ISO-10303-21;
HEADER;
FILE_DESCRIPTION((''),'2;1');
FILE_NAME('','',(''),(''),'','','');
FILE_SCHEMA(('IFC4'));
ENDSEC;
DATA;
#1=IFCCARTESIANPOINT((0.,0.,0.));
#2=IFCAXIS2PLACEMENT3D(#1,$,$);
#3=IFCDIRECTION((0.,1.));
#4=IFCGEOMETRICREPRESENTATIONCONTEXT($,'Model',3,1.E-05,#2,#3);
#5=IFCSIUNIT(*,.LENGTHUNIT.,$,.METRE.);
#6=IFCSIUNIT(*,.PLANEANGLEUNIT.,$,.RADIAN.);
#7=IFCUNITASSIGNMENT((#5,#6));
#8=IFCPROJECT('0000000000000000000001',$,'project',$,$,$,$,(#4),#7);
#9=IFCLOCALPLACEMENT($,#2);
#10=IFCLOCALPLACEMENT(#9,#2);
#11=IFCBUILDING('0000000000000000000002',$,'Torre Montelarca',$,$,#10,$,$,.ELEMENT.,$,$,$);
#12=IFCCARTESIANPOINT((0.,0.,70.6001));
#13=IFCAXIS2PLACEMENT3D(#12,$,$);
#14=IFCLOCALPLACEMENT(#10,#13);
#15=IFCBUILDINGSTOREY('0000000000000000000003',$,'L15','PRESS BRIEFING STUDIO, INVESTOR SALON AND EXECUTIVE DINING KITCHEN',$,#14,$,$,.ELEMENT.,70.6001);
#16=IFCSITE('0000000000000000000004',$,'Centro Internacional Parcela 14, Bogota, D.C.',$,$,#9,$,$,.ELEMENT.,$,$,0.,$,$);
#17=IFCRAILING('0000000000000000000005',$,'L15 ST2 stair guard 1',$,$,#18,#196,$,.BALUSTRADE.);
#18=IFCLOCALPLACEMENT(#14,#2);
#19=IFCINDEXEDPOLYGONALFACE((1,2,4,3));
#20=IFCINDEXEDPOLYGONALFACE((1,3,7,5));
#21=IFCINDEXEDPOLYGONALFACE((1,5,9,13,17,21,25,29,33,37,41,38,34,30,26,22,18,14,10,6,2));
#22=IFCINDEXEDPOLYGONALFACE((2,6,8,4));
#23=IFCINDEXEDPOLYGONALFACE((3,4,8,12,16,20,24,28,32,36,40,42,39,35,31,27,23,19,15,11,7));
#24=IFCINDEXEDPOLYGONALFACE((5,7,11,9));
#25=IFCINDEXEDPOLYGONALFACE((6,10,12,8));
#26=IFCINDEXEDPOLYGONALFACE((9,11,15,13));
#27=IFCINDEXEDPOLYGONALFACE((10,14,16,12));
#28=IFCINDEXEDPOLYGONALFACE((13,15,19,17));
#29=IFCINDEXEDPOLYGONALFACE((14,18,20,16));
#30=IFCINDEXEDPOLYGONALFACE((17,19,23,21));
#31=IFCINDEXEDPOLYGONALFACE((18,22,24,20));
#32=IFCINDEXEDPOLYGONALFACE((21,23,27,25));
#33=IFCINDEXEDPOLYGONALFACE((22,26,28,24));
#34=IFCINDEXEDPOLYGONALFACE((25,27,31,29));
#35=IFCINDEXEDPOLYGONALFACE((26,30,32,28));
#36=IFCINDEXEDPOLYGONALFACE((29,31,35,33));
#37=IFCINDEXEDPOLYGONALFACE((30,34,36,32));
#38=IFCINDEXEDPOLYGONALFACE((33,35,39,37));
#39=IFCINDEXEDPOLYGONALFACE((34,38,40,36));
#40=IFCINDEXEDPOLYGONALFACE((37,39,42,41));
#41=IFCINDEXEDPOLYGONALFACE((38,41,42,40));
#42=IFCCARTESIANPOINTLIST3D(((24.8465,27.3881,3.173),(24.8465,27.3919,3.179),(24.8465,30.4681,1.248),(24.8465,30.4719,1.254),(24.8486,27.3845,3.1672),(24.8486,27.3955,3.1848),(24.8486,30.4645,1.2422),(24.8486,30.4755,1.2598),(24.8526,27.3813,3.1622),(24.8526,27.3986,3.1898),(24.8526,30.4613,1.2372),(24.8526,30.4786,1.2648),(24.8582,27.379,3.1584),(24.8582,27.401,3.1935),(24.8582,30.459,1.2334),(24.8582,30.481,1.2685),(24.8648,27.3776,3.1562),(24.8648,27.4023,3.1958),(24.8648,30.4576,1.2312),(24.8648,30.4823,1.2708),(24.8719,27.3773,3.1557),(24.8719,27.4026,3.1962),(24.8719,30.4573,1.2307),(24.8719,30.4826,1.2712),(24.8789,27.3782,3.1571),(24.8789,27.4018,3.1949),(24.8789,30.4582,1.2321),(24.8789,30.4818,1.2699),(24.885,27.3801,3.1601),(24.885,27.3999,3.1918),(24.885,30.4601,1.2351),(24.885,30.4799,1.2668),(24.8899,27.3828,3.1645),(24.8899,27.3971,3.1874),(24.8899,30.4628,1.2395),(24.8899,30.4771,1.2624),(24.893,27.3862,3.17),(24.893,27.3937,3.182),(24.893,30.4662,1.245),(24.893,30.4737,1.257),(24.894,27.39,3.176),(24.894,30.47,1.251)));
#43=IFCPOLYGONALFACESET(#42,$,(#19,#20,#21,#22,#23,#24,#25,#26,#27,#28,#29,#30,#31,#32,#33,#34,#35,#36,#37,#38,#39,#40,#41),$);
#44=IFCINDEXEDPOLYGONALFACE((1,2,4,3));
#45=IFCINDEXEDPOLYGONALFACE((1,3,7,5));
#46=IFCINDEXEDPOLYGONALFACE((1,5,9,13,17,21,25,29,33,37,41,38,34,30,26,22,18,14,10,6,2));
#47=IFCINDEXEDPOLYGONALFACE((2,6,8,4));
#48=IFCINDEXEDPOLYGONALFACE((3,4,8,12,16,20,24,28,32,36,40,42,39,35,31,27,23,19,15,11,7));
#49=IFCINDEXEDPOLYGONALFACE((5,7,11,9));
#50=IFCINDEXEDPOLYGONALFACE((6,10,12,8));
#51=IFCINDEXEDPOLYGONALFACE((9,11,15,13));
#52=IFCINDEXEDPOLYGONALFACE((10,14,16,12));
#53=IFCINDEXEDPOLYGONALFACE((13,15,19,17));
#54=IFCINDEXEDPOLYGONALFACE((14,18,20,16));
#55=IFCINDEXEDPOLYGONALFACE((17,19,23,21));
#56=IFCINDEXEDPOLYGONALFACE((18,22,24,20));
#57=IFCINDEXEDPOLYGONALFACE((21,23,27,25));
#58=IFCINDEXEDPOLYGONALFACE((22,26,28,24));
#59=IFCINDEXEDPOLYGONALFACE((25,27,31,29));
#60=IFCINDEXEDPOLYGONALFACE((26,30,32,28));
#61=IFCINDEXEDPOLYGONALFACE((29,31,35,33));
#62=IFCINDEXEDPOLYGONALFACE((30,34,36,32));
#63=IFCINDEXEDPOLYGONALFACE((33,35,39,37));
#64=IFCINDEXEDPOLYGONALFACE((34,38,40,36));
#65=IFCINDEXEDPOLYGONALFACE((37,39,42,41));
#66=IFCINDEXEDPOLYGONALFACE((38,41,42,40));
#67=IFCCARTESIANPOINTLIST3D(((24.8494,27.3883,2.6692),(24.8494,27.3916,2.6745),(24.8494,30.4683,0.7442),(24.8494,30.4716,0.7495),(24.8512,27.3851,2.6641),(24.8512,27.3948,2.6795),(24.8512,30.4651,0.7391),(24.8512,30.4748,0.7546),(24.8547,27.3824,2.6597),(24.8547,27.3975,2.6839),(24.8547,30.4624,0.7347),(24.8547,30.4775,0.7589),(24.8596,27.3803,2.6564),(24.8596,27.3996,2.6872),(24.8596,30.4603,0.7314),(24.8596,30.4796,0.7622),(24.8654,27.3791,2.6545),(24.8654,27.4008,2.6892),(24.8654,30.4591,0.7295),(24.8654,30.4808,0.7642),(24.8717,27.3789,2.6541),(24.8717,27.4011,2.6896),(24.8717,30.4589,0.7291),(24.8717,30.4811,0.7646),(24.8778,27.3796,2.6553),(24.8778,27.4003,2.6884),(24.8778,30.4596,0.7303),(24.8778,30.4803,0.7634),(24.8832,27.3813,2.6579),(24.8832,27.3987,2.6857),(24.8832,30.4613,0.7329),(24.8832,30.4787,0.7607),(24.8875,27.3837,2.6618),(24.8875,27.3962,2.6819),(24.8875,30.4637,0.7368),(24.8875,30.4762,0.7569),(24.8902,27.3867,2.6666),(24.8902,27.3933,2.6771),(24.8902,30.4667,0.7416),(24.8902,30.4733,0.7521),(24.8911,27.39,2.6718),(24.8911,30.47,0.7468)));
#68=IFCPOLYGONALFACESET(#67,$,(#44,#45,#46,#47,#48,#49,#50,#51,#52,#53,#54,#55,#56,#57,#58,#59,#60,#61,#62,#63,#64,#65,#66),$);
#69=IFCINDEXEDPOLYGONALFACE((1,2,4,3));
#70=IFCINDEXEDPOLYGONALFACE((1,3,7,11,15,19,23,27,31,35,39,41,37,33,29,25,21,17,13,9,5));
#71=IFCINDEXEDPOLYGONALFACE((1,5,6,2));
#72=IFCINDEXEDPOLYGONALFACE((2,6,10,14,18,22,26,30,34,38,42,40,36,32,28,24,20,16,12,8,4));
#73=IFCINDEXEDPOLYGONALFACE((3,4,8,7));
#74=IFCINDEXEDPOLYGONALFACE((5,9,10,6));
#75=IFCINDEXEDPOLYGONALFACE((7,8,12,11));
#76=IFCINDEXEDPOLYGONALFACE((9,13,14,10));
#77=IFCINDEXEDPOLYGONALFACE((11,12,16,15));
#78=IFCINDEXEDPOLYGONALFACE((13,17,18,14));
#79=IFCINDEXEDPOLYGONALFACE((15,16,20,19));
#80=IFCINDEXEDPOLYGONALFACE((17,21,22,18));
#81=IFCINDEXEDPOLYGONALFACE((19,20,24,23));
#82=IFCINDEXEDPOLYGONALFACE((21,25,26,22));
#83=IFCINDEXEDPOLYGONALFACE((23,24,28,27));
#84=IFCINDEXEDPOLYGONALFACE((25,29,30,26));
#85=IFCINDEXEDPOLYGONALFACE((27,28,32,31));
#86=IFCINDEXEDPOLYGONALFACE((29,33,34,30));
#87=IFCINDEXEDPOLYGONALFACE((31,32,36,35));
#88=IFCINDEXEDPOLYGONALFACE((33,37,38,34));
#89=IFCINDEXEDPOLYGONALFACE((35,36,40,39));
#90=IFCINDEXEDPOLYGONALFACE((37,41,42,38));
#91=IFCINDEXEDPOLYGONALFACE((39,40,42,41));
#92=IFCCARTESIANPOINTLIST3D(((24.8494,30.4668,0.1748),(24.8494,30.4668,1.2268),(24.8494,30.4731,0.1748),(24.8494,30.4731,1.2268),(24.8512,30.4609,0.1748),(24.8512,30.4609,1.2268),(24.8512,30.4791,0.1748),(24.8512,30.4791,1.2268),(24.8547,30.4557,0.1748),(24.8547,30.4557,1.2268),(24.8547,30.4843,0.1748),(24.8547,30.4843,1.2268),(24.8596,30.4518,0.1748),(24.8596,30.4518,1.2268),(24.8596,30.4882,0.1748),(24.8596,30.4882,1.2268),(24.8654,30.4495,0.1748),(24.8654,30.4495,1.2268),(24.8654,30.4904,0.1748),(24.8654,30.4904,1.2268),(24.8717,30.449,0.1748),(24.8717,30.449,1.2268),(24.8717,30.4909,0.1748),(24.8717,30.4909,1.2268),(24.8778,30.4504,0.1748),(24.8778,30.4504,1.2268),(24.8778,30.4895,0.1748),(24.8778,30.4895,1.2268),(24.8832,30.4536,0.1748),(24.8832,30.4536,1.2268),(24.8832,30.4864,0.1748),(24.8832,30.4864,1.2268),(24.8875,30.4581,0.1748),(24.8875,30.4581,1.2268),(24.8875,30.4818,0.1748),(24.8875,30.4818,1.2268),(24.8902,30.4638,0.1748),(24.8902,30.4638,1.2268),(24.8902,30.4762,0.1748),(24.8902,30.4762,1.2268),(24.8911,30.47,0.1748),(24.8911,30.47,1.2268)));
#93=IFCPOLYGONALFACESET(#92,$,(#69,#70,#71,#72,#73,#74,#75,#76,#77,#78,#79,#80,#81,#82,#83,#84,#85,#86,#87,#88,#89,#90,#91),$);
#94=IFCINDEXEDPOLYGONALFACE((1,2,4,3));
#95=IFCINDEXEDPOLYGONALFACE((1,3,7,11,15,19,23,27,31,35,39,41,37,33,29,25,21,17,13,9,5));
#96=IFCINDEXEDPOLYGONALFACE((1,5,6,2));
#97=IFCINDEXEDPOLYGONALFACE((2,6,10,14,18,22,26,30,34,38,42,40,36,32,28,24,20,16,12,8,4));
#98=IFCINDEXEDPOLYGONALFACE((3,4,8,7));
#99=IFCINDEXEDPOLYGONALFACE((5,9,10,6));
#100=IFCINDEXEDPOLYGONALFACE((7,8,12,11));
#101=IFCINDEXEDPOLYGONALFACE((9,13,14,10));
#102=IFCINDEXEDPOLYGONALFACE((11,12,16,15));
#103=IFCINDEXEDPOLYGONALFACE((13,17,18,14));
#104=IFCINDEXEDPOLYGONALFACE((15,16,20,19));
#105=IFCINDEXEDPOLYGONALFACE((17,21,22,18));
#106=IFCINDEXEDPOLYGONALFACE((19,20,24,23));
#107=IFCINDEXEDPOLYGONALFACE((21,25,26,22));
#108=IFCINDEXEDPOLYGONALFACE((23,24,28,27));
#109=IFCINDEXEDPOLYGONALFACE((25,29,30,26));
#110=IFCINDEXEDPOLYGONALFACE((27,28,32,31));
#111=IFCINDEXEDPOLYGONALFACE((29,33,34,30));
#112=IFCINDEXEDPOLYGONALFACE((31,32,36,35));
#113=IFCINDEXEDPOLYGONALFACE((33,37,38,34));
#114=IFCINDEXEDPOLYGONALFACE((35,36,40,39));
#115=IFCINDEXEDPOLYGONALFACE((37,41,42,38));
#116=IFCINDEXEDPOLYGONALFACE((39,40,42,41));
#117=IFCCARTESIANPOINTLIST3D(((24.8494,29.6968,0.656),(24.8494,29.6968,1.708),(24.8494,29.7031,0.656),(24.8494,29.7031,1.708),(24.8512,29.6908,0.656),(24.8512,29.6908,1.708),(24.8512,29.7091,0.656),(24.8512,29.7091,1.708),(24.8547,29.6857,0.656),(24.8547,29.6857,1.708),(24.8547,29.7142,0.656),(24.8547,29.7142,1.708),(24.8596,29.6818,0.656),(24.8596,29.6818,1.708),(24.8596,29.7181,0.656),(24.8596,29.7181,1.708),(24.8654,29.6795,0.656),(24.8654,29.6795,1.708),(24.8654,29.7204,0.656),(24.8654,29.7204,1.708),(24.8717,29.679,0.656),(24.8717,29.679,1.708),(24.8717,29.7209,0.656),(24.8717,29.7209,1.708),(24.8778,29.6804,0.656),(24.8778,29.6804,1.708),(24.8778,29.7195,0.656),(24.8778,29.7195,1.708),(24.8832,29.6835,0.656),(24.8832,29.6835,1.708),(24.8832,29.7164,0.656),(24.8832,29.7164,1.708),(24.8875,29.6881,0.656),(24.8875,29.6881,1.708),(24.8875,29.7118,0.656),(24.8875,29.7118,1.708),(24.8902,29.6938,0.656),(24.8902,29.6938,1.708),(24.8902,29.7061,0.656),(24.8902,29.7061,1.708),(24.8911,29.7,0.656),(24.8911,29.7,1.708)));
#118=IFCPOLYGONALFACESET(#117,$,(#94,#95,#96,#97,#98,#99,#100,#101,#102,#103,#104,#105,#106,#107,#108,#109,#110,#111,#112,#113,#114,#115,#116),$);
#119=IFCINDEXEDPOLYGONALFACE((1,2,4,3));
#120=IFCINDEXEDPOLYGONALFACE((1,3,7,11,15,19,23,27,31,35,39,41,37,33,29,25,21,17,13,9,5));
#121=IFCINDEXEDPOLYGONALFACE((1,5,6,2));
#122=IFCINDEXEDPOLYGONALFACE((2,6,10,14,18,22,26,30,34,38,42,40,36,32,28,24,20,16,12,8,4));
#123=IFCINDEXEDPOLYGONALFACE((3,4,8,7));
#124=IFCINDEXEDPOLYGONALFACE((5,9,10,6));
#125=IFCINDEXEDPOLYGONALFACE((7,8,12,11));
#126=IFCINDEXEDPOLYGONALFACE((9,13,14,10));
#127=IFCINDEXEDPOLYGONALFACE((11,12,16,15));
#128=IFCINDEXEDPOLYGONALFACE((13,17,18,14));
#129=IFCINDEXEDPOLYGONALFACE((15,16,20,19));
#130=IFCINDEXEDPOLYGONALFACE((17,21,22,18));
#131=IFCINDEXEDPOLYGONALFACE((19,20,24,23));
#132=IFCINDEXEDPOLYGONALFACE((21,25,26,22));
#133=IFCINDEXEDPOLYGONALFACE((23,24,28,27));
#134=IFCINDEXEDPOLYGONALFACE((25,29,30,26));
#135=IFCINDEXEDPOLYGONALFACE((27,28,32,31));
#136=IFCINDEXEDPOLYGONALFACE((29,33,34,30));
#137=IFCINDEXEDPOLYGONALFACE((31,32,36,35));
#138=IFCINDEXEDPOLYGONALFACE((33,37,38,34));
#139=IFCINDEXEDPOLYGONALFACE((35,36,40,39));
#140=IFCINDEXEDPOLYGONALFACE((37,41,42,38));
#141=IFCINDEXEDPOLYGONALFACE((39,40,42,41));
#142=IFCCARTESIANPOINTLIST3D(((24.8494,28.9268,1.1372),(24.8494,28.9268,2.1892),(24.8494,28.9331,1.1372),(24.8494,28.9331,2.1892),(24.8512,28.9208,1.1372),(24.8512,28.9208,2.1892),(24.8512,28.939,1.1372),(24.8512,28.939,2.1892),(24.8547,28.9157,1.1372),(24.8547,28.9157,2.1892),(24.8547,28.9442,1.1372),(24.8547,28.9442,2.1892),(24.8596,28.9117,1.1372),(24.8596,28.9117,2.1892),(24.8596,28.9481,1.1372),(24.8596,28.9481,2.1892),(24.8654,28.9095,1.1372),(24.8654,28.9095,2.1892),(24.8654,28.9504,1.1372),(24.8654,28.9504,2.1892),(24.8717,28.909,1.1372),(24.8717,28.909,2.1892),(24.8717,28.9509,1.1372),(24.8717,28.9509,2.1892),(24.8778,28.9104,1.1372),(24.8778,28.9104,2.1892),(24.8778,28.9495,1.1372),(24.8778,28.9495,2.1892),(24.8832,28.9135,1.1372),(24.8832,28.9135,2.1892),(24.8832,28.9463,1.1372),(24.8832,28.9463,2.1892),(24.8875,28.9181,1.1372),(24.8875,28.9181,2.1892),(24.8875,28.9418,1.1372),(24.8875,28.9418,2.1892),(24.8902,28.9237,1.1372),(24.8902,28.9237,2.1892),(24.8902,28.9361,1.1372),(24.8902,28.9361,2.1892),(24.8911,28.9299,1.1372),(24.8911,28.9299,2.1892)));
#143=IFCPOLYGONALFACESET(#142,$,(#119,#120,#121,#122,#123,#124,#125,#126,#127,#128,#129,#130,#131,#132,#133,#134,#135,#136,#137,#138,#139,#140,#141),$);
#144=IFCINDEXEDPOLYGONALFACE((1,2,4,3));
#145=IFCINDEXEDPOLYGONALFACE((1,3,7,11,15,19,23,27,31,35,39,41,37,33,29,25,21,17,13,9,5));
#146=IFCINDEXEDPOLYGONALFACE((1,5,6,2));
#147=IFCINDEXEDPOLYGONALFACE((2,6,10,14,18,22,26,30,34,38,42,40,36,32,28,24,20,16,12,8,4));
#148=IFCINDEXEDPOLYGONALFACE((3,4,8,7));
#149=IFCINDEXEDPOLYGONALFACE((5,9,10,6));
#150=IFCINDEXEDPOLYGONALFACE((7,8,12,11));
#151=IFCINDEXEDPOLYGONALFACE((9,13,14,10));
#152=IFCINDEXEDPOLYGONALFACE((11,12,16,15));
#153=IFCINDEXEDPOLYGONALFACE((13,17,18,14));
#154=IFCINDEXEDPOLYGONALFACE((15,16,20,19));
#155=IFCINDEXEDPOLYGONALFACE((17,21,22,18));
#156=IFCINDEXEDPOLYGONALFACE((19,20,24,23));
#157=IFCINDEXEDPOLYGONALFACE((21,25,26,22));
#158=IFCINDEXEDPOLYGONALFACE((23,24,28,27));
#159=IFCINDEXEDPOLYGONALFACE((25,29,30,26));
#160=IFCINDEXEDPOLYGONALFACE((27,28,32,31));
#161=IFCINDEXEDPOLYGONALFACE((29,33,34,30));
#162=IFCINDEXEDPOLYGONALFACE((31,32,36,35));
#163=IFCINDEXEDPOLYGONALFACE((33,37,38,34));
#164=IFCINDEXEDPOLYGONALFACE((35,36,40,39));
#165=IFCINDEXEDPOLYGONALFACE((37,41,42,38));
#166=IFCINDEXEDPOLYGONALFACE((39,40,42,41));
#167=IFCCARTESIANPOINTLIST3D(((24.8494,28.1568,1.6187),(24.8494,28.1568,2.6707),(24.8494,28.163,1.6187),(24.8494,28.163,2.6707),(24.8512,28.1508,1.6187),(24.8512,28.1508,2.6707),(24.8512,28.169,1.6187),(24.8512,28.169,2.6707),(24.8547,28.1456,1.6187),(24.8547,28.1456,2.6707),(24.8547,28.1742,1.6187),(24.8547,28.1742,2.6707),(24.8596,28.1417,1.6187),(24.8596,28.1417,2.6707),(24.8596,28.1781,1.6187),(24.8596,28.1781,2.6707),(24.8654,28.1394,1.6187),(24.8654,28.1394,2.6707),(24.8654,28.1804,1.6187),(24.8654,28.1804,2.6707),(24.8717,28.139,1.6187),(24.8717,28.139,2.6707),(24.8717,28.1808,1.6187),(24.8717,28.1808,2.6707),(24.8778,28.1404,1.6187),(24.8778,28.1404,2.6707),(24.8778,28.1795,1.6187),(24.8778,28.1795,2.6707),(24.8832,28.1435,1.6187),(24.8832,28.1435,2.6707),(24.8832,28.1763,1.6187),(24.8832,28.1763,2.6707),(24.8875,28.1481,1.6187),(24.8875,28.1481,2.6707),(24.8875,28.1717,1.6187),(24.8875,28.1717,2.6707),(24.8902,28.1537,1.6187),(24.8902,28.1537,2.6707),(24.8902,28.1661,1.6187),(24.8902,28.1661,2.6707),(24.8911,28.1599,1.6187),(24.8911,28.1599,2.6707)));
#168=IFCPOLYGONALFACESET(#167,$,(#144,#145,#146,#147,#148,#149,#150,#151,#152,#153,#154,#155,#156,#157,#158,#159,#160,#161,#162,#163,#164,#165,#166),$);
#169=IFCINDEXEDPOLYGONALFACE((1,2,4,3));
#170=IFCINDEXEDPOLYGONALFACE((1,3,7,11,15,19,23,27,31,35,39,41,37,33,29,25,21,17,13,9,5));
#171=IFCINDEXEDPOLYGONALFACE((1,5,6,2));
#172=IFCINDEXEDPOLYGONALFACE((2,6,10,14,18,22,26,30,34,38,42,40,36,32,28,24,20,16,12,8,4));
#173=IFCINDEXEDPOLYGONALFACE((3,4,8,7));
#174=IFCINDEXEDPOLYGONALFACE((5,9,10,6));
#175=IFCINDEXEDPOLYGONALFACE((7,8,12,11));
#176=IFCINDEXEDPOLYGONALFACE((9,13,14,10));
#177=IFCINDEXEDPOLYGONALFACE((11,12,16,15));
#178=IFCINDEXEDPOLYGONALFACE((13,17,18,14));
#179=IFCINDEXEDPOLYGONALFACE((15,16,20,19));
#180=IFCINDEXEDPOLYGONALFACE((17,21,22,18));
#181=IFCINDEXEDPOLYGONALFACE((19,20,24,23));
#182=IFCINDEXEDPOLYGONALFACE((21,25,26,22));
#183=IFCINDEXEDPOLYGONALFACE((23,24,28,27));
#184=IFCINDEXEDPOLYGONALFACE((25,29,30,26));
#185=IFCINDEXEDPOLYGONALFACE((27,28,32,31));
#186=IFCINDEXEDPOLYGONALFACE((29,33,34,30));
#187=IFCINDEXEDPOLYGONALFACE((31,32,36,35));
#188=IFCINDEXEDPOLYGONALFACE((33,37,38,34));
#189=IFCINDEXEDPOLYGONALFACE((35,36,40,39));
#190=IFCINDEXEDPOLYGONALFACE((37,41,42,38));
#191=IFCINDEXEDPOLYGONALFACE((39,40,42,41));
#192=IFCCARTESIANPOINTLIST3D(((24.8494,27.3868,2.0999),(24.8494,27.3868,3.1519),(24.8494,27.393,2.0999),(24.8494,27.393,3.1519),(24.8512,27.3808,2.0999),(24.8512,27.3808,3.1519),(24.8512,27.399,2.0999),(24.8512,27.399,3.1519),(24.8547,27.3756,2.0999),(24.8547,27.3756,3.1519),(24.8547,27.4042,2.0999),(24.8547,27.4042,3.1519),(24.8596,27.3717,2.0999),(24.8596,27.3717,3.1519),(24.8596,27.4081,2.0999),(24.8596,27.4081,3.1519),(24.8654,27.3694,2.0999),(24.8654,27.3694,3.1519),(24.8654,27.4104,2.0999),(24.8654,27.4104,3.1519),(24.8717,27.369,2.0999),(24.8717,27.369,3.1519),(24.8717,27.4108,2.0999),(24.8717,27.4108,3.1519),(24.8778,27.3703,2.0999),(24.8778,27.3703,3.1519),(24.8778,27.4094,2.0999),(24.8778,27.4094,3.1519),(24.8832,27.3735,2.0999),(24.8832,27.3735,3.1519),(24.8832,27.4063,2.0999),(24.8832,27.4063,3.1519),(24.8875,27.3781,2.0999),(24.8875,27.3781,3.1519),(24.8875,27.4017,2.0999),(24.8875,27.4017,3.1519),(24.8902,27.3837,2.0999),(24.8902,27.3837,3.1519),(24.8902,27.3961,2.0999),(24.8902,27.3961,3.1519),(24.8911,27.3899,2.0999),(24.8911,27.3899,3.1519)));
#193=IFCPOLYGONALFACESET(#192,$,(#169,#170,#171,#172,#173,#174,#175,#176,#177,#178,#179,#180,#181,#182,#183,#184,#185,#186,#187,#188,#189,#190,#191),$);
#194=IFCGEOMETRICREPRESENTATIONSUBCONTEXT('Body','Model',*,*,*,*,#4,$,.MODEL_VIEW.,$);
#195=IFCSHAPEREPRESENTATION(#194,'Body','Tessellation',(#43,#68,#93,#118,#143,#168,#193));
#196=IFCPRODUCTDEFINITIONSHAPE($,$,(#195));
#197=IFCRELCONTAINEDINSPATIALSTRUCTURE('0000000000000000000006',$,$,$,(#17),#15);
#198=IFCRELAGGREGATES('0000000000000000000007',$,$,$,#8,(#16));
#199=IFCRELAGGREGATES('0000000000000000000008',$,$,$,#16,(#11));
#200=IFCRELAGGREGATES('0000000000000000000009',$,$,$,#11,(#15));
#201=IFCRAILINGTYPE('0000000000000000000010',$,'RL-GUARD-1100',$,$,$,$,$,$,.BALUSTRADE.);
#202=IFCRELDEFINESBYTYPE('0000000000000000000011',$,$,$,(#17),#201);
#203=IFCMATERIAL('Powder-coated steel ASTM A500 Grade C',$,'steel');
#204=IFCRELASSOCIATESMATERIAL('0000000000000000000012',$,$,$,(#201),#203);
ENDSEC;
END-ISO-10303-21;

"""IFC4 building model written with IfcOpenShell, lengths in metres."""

from ifc_helpers import new_model, si_unit, direction, frame, origin, origin_2d, place, context, subcontext, project, spatial, circle, extrude, material, type_object, element, save


model = new_model("IFC4")

# Units and contexts
model_context = context("Model", 3, precision=1e-05, world=origin(), true_north=direction((0.0, 1.0)))
body_context = subcontext(model_context, "Body", "Model", "MODEL_VIEW")
ifc_project = project(units=[si_unit("LENGTHUNIT", "METRE"), si_unit("PLANEANGLEUNIT", "RADIAN")], contexts=[model_context])

# Site, building, storey
site_placement = place(None, origin())
site = spatial("IfcSite", under=ifc_project, at=site_placement, Name="Centro Internacional Parcela 14, Bogota, D.C.", CompositionType="ELEMENT", RefElevation=0.0)
building_placement = place(site_placement, origin())
building = spatial("IfcBuilding", under=site, at=building_placement, Name="Torre Montelarca", CompositionType="ELEMENT")
storey_placement = place(building_placement, frame((0.0, 0.0, 70.6001)))
storey = spatial("IfcBuildingStorey", under=building, at=storey_placement, Name="L15", Description="PRESS BRIEFING STUDIO, INVESTOR SALON AND EXECUTIVE DINING KITCHEN", CompositionType="ELEMENT", Elevation=70.6001)

# Railing
ifc_material_1 = material(Name="Powder-coated steel ASTM A500 Grade C", Category="steel")
railing_type_1 = type_object("IfcRailingType", Name="RL-GUARD-1100", PredefinedType="BALUSTRADE", material=ifc_material_1)
railing_1_placement = place(storey_placement, frame((24.8701, 30.47, 0.1748)))
element("IfcRailing", 1, at=railing_1_placement, inside=storey, type_object=railing_type_1, Name="L15 ST2 stair guard 1", PredefinedType="BALUSTRADE", context=body_context, shape_type="SweptSolid", body=[
    extrude(circle(Radius=0.0239, at=origin_2d()), frame((0.0, 0.0, 1.0762), z_axis=(0.0, -0.847998, 0.529999), x_axis=(1.0, 0.0, 0.0)), (0.0, 0.0, 1.0), 3.6321),
    extrude(circle(Radius=0.021, at=origin_2d()), frame((0.0, 0.0, 0.572), z_axis=(0.0, -0.847998, 0.529999), x_axis=(1.0, 0.0, 0.0)), (0.0, 0.0, 1.0), 3.6321),
    extrude(circle(Radius=0.021, at=origin_2d()), origin(), (0.0, 0.0, 1.0), 1.052),
    extrude(circle(Radius=0.021, at=origin_2d()), frame((0.0, -0.77, 0.4812)), (0.0, 0.0, 1.0), 1.052),
    extrude(circle(Radius=0.021, at=origin_2d()), frame((0.0, -1.54, 0.9624)), (0.0, 0.0, 1.0), 1.052),
    extrude(circle(Radius=0.021, at=origin_2d()), frame((0.0, -2.3101, 1.4438)), (0.0, 0.0, 1.0), 1.052),
    extrude(circle(Radius=0.021, at=origin_2d()), frame((0.0, -3.0801, 1.925)), (0.0, 0.0, 1.0), 1.052),
])

save(model, "model.ifc")
